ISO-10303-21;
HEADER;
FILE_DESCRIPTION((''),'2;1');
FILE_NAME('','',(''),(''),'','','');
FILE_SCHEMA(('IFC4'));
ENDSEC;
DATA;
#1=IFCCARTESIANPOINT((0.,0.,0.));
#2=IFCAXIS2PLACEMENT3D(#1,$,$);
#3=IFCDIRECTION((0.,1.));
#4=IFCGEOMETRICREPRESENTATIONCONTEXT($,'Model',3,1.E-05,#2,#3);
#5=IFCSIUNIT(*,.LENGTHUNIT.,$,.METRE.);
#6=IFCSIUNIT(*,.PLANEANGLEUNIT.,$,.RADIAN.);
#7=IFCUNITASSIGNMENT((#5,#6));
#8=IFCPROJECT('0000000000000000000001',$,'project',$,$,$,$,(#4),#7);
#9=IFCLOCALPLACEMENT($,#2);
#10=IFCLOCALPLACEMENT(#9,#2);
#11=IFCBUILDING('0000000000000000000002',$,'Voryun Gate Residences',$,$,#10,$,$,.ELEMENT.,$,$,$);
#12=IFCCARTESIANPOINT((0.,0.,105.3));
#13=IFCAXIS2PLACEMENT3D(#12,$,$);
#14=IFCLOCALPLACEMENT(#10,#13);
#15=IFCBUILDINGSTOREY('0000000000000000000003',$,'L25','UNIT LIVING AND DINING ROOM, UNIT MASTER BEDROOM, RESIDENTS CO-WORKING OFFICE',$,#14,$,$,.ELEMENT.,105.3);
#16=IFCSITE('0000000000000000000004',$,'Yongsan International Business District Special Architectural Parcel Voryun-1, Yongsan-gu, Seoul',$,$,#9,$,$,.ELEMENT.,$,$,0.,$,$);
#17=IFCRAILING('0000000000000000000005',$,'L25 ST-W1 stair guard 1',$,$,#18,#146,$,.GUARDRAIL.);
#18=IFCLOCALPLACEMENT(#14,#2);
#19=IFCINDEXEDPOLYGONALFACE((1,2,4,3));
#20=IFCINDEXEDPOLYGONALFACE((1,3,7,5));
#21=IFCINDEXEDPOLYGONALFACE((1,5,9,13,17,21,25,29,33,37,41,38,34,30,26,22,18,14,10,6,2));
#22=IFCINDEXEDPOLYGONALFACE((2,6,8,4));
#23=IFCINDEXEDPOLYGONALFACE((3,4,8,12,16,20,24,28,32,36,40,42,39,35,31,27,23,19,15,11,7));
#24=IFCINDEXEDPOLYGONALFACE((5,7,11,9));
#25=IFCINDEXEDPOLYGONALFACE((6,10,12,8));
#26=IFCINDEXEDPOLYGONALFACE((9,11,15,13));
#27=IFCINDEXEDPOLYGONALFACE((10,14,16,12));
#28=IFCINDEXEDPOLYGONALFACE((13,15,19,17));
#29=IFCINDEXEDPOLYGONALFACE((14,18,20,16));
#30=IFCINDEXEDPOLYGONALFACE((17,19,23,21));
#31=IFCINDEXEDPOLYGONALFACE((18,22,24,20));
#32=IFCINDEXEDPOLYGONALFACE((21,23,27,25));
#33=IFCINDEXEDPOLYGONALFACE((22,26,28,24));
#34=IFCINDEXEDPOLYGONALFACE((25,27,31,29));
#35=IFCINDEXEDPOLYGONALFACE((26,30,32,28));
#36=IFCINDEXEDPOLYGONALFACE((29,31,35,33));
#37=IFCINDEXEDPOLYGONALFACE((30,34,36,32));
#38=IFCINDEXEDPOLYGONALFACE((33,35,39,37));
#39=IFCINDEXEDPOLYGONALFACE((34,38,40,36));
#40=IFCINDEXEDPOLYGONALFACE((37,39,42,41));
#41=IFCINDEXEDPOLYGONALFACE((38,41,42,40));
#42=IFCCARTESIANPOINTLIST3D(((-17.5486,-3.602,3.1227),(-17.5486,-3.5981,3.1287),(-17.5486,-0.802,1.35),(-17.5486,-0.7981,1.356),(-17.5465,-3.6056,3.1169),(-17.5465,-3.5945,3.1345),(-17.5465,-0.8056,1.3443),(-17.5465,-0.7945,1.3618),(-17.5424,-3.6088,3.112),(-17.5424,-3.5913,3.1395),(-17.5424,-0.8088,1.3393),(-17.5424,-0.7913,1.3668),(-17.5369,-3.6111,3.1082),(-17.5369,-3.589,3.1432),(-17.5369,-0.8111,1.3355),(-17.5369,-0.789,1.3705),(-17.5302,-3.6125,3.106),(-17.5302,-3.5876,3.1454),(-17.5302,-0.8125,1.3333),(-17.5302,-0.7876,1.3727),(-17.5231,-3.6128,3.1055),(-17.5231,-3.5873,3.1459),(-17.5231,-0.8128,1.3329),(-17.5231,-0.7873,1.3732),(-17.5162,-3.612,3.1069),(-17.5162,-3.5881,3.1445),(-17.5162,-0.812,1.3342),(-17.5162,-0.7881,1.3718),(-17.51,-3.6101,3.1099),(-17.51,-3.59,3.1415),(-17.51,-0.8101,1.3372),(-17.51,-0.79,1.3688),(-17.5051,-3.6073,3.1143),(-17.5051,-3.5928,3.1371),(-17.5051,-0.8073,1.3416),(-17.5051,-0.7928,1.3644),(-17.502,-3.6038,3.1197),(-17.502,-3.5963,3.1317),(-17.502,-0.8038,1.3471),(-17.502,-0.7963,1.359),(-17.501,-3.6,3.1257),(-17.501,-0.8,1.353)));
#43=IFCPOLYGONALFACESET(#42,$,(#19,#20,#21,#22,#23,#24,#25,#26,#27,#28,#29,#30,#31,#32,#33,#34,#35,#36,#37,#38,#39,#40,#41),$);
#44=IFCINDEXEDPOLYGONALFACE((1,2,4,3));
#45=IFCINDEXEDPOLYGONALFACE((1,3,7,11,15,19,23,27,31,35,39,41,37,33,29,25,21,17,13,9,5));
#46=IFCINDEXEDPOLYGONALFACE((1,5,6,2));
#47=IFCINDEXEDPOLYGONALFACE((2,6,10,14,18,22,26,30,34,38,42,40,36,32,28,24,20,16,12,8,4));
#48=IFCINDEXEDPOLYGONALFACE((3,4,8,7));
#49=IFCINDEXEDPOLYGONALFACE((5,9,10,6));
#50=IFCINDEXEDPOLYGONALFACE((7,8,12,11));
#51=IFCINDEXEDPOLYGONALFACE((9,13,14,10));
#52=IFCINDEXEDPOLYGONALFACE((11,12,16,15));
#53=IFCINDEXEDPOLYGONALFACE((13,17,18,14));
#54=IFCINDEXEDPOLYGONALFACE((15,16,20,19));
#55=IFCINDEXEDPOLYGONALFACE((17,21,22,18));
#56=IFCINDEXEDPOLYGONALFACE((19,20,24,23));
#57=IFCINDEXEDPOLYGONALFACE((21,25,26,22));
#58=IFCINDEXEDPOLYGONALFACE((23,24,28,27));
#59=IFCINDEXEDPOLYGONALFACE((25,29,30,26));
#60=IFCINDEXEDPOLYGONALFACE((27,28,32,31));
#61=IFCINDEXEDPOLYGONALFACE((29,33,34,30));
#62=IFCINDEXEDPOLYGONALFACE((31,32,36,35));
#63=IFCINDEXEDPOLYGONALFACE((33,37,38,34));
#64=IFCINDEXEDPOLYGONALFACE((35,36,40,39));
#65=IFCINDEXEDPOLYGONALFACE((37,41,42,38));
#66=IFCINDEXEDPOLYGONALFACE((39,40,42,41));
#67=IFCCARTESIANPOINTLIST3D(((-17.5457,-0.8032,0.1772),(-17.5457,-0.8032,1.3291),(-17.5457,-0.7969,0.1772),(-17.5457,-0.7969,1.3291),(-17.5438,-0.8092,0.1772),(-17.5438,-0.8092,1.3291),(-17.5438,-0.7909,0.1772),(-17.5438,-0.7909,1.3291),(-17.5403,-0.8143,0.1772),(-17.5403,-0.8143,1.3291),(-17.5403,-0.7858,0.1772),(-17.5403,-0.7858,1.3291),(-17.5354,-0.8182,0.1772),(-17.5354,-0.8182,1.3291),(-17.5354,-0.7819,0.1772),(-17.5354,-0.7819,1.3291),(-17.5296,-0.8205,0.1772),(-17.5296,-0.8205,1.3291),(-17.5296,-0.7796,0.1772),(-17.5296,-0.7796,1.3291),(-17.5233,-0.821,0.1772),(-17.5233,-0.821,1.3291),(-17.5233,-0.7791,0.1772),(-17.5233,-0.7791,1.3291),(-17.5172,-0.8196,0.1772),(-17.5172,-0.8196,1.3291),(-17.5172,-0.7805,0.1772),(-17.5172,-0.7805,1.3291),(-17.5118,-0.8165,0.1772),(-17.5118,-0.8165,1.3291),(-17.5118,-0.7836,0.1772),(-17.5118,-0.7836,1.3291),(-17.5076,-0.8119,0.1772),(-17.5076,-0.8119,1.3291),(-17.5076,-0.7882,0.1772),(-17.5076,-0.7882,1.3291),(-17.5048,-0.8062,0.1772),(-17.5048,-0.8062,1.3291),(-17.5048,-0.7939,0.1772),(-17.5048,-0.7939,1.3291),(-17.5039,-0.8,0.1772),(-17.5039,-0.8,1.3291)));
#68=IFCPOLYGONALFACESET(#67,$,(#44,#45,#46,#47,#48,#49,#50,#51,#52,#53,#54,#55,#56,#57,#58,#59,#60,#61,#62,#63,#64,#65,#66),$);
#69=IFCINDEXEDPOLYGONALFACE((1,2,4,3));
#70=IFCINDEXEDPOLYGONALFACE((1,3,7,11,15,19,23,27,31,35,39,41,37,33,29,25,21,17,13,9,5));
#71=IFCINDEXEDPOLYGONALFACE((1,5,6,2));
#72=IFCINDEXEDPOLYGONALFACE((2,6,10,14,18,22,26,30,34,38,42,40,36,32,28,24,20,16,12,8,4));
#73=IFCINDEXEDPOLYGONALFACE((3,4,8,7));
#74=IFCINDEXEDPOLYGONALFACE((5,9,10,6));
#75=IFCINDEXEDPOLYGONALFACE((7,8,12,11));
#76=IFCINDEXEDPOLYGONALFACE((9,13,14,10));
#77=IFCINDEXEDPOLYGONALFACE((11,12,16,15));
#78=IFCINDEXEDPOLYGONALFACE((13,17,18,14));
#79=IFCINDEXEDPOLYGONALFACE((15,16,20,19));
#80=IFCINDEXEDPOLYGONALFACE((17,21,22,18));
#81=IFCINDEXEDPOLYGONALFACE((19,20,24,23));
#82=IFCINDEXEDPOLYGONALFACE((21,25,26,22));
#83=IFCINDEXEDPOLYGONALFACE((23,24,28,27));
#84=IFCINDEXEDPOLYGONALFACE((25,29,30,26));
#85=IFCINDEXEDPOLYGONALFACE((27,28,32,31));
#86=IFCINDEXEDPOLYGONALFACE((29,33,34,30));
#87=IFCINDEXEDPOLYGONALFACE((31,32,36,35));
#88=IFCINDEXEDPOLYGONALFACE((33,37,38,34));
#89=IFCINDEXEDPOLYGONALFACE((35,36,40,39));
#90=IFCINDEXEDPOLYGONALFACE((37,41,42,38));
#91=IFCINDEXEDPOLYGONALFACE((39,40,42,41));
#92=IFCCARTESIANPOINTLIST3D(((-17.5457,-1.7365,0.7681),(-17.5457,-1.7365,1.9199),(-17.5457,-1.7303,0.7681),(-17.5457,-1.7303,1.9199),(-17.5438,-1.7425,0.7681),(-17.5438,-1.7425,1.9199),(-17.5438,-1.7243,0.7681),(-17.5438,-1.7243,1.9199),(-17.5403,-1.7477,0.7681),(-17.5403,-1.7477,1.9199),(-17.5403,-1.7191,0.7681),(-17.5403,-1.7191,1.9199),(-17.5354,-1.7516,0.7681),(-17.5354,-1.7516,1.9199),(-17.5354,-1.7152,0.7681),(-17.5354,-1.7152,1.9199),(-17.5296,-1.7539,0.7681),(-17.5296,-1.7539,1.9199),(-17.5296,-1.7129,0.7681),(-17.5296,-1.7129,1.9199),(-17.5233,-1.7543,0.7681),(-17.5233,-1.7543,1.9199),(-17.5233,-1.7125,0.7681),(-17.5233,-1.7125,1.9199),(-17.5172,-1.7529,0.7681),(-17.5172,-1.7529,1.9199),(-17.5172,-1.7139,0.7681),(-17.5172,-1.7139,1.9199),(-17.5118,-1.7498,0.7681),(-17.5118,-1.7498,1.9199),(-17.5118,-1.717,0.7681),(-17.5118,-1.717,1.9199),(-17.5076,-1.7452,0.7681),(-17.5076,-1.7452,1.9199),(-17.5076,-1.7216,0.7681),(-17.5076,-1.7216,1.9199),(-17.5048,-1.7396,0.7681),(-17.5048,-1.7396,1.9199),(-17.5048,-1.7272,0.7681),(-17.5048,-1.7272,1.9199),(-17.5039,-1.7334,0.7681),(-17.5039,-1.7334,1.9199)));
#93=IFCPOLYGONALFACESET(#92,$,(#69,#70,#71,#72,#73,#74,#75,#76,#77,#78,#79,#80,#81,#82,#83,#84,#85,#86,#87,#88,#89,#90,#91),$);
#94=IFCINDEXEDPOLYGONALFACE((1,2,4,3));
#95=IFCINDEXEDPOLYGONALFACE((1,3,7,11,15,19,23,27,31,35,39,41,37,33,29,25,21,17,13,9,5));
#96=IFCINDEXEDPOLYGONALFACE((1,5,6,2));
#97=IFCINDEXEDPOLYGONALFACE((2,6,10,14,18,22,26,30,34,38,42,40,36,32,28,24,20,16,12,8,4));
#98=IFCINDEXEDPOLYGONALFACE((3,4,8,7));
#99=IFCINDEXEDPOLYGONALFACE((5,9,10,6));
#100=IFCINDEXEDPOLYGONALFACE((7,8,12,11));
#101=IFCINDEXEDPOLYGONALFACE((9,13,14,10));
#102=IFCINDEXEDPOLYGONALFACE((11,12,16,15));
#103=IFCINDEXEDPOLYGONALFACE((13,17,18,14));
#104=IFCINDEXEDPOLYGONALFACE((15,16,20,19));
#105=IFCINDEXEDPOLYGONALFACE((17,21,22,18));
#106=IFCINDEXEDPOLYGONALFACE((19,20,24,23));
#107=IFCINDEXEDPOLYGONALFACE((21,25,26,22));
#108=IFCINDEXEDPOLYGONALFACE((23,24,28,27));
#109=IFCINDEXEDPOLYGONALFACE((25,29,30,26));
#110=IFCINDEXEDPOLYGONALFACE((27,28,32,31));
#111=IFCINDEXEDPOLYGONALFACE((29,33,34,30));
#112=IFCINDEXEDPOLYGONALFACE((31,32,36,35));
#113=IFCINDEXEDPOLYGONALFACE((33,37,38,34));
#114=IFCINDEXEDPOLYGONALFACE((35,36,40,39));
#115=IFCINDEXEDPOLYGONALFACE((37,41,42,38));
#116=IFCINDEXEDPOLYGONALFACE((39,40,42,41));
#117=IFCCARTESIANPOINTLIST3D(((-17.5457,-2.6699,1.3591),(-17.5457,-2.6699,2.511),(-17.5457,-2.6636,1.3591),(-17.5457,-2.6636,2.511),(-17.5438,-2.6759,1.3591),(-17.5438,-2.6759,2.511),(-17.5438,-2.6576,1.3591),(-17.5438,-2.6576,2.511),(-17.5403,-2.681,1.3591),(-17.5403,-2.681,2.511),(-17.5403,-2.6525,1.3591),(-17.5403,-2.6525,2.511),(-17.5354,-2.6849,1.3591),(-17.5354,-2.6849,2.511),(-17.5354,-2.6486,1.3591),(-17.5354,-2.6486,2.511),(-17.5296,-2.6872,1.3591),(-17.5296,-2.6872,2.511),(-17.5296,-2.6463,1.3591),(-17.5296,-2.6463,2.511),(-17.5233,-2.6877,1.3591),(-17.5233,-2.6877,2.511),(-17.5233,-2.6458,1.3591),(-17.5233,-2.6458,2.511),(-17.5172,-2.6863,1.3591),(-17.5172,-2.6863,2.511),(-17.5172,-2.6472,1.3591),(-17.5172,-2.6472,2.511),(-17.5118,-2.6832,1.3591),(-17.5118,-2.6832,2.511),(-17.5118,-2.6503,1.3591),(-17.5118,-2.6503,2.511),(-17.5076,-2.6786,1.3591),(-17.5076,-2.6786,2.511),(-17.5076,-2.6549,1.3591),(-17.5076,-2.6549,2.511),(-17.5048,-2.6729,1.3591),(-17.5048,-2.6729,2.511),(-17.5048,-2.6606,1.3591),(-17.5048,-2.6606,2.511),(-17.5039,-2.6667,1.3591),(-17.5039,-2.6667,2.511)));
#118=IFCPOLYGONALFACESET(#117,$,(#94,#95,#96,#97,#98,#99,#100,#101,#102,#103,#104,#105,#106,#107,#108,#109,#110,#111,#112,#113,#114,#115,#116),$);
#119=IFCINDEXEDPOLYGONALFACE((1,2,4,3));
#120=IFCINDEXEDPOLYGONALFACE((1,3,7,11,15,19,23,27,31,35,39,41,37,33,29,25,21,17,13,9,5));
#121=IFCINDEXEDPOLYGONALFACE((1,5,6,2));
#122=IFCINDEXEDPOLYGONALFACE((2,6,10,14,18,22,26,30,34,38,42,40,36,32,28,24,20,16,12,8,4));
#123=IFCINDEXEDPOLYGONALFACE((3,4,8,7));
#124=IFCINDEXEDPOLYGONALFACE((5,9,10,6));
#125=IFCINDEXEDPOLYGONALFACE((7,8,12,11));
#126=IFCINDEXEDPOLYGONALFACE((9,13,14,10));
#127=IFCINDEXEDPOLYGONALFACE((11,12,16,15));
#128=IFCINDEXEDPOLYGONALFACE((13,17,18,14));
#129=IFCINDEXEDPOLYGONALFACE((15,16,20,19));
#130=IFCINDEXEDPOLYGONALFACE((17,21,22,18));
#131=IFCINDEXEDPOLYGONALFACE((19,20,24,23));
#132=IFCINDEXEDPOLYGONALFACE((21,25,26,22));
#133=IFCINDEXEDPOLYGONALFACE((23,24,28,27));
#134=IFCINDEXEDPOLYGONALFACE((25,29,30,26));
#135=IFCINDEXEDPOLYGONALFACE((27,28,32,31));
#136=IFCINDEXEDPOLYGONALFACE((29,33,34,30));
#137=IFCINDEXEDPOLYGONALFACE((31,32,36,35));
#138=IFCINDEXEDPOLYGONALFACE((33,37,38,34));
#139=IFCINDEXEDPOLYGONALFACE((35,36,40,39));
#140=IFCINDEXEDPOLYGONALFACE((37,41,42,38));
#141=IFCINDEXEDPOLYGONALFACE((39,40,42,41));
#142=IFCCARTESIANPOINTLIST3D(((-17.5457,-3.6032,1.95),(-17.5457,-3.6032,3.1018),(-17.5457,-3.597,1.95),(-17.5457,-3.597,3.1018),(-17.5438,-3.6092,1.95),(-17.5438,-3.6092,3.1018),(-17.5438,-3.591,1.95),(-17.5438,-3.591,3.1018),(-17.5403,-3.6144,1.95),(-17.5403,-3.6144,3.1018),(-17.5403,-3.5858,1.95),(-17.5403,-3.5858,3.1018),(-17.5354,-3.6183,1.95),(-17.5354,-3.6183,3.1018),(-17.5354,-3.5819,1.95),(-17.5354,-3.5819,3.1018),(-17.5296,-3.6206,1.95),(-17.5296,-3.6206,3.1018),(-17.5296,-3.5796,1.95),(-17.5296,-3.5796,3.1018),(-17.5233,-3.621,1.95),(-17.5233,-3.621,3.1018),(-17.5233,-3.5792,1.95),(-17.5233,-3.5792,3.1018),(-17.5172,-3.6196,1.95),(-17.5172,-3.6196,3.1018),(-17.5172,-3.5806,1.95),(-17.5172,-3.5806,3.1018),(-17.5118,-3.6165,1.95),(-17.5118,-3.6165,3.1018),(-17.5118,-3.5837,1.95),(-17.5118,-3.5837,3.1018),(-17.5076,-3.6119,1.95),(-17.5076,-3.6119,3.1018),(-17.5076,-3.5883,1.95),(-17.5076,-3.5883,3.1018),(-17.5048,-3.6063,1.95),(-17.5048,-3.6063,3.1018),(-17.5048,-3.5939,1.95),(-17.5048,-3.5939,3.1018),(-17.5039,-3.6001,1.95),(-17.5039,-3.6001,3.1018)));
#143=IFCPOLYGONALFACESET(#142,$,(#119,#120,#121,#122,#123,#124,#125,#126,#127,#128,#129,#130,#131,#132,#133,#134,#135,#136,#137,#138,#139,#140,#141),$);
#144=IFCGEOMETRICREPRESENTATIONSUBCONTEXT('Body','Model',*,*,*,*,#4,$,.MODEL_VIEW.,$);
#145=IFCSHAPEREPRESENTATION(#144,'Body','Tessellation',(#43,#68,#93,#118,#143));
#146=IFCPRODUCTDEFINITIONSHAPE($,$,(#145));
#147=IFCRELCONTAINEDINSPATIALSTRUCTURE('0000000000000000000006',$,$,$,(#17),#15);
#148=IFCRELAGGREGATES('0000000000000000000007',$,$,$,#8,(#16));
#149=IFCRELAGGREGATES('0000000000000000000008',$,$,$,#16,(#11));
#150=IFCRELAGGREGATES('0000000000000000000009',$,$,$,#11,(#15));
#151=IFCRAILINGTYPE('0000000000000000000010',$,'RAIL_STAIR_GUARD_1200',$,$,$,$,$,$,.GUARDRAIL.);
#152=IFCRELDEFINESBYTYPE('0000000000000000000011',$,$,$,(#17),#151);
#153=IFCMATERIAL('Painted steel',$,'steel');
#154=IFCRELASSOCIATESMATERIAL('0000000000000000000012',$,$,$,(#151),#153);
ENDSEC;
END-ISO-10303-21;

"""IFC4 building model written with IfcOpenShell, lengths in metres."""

from ifc_helpers import new_model, si_unit, direction, frame, origin, origin_2d, place, context, subcontext, project, spatial, circle, extrude, material, type_object, element, save


model = new_model("IFC4")

# Units and contexts
model_context = context("Model", 3, precision=1e-05, world=origin(), true_north=direction((0.0, 1.0)))
body_context = subcontext(model_context, "Body", "Model", "MODEL_VIEW")
ifc_project = project(units=[si_unit("LENGTHUNIT", "METRE"), si_unit("PLANEANGLEUNIT", "RADIAN")], contexts=[model_context])

# Site, building, storey
site_placement = place(None, origin())
site = spatial("IfcSite", under=ifc_project, at=site_placement, Name="Yongsan International Business District Special Architectural Parcel Voryun-1, Yongsan-gu, Seoul", CompositionType="ELEMENT", RefElevation=0.0)
building_placement = place(site_placement, origin())
building = spatial("IfcBuilding", under=site, at=building_placement, Name="Voryun Gate Residences", CompositionType="ELEMENT")
storey_placement = place(building_placement, frame((0.0, 0.0, 105.3)))
storey = spatial("IfcBuildingStorey", under=building, at=storey_placement, Name="L25", Description="UNIT LIVING AND DINING ROOM, UNIT MASTER BEDROOM, RESIDENTS CO-WORKING OFFICE", CompositionType="ELEMENT", Elevation=105.3)

# Railing
ifc_material_1 = material(Name="Painted steel", Category="steel")
railing_type_1 = type_object("IfcRailingType", Name="RAIL_STAIR_GUARD_1200", PredefinedType="GUARDRAIL", material=ifc_material_1)
railing_1_placement = place(storey_placement, frame((-17.5249, -0.8, 0.1772)))
element("IfcRailing", 1, at=railing_1_placement, inside=storey, type_object=railing_type_1, Name="L25 ST-W1 stair guard 1", PredefinedType="GUARDRAIL", context=body_context, shape_type="SweptSolid", body=[
    extrude(circle(Radius=0.0239, at=origin_2d()), frame((0.0, 0.0, 1.1758), z_axis=(0.0, -0.844909, 0.53491), x_axis=(1.0, 0.0, 0.0)), (0.0, 0.0, 1.0), 3.314),
    extrude(circle(Radius=0.021, at=origin_2d()), origin(), (0.0, 0.0, 1.0), 1.1519),
    extrude(circle(Radius=0.021, at=origin_2d()), frame((0.0, -0.9333, 0.5908)), (0.0, 0.0, 1.0), 1.1519),
    extrude(circle(Radius=0.021, at=origin_2d()), frame((0.0, -1.8667, 1.1819)), (0.0, 0.0, 1.0), 1.1519),
    extrude(circle(Radius=0.021, at=origin_2d()), frame((0.0, -2.8, 1.7727)), (0.0, 0.0, 1.0), 1.1519),
])

save(model, "model.ifc")
